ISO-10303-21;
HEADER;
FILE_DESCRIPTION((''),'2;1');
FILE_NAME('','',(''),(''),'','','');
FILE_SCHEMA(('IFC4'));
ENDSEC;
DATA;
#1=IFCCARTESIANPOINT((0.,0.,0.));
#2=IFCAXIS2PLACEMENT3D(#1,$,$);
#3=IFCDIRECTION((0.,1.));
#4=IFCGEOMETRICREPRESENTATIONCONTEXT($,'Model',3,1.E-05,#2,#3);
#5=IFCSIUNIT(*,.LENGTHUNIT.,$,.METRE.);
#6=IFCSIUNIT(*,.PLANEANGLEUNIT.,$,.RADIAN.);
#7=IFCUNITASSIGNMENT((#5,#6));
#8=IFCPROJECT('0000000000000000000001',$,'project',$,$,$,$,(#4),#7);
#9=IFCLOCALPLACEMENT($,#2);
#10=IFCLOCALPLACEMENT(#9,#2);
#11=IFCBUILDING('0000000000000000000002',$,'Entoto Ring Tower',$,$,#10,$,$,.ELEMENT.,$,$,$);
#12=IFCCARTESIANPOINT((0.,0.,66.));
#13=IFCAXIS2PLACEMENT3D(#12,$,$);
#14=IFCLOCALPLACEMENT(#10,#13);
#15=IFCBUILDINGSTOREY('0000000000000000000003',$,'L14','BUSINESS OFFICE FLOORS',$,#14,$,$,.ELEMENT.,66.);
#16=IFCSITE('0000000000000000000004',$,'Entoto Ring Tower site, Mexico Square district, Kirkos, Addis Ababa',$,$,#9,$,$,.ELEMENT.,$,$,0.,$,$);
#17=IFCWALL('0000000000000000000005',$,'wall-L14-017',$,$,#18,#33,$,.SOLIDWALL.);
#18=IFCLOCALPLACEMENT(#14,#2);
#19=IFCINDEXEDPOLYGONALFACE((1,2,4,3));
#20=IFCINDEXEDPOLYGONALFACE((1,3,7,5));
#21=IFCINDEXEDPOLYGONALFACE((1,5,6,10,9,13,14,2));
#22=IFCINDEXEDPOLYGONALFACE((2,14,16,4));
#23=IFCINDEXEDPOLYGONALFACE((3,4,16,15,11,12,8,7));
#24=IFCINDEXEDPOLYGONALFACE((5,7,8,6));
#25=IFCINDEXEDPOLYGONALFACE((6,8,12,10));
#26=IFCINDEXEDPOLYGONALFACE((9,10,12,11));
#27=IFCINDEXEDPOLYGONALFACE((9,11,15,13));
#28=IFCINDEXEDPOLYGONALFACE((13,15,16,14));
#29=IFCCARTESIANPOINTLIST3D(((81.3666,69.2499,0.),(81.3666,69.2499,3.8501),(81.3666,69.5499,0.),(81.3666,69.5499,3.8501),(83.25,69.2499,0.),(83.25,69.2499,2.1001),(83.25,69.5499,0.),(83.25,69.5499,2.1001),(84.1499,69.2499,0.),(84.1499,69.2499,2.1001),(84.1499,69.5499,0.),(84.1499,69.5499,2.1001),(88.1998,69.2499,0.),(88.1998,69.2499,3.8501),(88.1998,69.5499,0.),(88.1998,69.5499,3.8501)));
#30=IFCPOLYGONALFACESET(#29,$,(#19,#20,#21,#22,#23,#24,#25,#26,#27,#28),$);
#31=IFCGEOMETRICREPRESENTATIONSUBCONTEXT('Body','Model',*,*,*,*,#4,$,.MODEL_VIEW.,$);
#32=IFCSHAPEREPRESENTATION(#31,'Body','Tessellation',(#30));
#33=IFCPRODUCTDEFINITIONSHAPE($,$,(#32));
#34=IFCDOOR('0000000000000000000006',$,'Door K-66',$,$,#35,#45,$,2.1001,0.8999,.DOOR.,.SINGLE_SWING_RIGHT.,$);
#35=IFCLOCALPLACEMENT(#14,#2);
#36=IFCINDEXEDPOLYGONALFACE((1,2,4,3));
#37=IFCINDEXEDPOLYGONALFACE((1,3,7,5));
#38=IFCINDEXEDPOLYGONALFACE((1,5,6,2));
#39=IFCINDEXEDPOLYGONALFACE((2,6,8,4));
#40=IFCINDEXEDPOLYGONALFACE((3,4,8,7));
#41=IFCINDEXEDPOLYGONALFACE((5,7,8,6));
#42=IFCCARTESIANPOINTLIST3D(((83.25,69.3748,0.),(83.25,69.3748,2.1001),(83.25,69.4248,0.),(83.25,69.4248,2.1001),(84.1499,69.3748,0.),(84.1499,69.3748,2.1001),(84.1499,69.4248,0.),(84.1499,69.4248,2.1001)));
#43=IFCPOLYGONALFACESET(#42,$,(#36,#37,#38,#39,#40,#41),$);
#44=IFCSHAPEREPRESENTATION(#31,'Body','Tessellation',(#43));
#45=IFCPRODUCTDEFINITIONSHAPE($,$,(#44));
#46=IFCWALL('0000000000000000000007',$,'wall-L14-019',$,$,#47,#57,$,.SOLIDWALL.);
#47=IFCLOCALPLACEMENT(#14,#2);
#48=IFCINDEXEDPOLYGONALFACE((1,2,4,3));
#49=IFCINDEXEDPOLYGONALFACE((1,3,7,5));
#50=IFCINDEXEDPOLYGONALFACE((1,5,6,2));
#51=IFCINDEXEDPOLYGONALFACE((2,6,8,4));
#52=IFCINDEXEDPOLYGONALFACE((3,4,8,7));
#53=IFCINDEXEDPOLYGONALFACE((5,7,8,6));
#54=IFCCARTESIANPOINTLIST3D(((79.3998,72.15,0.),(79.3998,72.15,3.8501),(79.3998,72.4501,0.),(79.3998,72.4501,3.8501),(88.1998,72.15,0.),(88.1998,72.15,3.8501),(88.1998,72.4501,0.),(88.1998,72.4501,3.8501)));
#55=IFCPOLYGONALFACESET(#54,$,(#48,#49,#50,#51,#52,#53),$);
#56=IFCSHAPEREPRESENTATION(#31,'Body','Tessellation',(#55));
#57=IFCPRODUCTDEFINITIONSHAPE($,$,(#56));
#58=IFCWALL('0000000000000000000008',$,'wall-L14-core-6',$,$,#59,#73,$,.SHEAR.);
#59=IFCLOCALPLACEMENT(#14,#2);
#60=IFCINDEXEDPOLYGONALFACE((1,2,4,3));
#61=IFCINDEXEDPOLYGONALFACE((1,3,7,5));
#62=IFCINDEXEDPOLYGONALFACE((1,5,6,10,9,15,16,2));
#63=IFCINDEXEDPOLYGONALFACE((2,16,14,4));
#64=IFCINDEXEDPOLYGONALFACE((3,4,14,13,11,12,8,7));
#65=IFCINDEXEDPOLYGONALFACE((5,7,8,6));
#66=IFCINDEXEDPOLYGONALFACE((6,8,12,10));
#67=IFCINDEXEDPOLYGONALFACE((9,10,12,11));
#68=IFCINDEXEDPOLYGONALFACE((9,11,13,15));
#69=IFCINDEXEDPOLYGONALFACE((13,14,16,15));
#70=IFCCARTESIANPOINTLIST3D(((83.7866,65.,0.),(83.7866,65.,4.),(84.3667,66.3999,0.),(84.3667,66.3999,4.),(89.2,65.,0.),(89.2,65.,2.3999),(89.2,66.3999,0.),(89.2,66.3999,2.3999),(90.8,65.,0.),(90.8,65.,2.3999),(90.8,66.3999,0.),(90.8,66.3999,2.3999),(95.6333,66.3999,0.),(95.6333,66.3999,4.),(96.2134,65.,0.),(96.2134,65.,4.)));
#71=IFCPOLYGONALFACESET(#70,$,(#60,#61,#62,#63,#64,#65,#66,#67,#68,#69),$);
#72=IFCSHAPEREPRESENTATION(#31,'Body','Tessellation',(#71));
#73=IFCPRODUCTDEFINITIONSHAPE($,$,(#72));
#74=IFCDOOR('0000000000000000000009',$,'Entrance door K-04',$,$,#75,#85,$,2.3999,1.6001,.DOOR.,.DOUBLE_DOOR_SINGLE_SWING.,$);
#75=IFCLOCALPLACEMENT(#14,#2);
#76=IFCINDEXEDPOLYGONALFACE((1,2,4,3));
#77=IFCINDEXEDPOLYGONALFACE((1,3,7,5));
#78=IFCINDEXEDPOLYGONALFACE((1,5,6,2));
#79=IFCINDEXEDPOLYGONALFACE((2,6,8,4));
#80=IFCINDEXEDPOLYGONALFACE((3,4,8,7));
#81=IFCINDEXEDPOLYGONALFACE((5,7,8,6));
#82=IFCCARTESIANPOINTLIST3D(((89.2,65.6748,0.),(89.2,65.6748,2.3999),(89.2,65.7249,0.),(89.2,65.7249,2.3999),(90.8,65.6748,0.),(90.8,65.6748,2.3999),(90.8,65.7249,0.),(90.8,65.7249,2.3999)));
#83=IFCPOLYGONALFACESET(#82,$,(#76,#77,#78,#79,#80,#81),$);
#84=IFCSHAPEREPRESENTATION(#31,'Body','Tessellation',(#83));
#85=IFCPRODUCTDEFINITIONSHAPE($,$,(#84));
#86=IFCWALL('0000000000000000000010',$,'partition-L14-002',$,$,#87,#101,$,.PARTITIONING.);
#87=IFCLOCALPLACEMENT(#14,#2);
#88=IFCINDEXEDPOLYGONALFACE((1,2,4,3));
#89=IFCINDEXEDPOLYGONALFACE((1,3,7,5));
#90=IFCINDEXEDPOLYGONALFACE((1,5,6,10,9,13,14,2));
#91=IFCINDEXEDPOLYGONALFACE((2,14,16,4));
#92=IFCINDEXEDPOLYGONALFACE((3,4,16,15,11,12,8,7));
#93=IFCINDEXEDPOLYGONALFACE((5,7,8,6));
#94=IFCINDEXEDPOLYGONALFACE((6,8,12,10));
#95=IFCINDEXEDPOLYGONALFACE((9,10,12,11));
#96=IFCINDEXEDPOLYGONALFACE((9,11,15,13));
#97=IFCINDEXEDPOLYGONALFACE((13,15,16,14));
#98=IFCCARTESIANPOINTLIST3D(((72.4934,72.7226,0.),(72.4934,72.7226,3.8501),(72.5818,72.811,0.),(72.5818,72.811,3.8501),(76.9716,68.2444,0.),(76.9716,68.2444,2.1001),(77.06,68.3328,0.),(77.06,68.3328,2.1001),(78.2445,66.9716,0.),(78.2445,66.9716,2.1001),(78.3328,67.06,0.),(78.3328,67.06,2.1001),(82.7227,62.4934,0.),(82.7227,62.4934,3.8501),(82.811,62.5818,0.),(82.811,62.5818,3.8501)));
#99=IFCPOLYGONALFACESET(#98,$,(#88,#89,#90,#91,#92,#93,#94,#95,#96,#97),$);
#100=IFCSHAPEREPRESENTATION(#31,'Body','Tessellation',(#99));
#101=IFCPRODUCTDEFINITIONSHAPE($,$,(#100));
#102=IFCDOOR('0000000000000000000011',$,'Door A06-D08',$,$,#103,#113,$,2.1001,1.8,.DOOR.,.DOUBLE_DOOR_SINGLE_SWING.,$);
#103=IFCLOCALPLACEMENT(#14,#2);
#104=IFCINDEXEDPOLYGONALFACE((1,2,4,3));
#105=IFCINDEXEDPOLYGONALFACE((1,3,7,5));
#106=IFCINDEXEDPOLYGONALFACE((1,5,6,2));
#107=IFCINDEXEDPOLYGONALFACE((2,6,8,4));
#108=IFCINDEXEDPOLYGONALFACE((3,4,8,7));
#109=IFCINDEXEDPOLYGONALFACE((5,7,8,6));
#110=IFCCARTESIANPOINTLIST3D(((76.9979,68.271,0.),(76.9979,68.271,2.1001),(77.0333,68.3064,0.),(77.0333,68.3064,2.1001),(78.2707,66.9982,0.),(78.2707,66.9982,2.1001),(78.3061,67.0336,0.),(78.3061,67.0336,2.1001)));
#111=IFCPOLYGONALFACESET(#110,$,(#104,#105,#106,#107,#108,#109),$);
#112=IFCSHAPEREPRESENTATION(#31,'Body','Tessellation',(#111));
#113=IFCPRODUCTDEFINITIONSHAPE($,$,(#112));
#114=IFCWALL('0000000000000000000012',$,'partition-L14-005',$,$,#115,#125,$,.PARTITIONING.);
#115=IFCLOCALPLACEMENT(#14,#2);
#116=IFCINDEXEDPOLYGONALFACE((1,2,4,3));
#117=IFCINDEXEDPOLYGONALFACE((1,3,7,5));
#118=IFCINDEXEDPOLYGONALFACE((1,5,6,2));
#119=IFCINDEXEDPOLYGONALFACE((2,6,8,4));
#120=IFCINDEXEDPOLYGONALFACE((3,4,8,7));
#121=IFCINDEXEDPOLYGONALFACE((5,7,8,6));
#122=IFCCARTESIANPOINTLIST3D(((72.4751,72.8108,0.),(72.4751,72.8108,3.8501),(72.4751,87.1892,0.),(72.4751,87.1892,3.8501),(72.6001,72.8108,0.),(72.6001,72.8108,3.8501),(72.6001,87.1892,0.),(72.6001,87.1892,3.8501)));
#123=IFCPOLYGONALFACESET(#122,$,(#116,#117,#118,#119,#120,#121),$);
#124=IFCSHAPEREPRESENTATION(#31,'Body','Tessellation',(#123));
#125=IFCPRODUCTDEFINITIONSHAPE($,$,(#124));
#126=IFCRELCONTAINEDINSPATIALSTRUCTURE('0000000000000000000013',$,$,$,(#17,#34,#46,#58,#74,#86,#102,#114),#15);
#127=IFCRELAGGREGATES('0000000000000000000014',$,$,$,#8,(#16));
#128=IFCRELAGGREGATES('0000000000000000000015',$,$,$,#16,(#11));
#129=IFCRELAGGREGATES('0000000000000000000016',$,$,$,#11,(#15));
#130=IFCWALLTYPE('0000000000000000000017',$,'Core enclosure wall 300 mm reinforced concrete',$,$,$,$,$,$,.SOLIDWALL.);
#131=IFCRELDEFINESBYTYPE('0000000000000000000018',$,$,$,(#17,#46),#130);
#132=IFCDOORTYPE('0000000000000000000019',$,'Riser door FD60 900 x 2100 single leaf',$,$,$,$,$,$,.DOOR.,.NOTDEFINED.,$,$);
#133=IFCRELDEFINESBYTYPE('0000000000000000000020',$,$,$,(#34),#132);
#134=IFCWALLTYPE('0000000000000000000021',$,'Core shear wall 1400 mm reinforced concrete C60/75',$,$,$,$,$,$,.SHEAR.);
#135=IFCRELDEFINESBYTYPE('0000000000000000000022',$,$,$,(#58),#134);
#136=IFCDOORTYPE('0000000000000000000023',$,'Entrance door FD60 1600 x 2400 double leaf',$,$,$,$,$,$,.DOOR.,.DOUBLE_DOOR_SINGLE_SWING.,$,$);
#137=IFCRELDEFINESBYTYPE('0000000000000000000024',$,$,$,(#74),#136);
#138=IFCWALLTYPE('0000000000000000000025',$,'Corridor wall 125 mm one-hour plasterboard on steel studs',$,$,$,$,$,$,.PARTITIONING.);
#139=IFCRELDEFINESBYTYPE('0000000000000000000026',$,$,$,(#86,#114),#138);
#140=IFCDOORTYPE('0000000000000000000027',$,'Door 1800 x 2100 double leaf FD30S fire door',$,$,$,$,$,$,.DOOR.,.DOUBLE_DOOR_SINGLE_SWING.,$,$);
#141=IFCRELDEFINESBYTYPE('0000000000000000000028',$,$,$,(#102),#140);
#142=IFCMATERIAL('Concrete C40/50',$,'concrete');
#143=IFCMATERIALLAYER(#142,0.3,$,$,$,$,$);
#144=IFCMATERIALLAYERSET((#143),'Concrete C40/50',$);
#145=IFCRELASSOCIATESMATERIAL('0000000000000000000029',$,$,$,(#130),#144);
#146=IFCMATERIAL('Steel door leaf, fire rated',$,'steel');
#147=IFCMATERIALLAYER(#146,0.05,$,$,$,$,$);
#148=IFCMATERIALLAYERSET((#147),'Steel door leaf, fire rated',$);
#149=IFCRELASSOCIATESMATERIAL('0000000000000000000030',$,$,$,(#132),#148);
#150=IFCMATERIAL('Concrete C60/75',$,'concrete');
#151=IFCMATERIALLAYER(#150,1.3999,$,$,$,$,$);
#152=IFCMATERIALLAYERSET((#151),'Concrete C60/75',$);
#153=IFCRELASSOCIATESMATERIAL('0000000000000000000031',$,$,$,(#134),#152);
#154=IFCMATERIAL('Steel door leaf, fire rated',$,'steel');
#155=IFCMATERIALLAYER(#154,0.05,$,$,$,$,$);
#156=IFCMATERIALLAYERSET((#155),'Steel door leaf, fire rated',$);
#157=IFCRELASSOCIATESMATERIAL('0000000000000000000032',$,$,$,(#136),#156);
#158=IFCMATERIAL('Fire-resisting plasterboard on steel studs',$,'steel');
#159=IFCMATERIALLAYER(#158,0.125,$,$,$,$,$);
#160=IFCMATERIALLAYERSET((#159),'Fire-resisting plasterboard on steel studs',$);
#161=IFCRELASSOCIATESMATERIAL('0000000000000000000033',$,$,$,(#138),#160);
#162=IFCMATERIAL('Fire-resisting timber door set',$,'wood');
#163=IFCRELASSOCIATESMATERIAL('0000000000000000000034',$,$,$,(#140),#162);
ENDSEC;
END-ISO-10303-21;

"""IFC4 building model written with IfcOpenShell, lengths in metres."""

from ifc_helpers import new_model, si_unit, direction, frame, frame_2d, origin, place, context, subcontext, project, spatial, polyline, rectangle, outline, extrude, material, layer, layer_set, type_object, element, fill, save


model = new_model("IFC4")

# Units and contexts
model_context = context("Model", 3, precision=1e-05, world=origin(), true_north=direction((0.0, 1.0)))
body_context = subcontext(model_context, "Body", "Model", "MODEL_VIEW")
ifc_project = project(units=[si_unit("LENGTHUNIT", "METRE"), si_unit("PLANEANGLEUNIT", "RADIAN")], contexts=[model_context])

# Site, building, storey
site_placement = place(None, origin())
site = spatial("IfcSite", under=ifc_project, at=site_placement, Name="Entoto Ring Tower site, Mexico Square district, Kirkos, Addis Ababa", CompositionType="ELEMENT", RefElevation=0.0)
building_placement = place(site_placement, origin())
building = spatial("IfcBuilding", under=site, at=building_placement, Name="Entoto Ring Tower", CompositionType="ELEMENT")
storey_placement = place(building_placement, frame((0.0, 0.0, 66.0)))
storey = spatial("IfcBuildingStorey", under=building, at=storey_placement, Name="L14", Description="BUSINESS OFFICE FLOORS", CompositionType="ELEMENT", Elevation=66.0)

# Wall, opening, door
ifc_material_1 = material(Name="Concrete C40/50", Category="concrete")
ifc_layer_1 = layer(ifc_material_1, 0.3)
ifc_layer_set_1 = layer_set([ifc_layer_1], Name="Concrete C40/50")
wall_type_1 = type_object("IfcWallType", Name="Core enclosure wall 300 mm reinforced concrete", PredefinedType="SOLIDWALL", material=ifc_layer_set_1)
wall_1_placement = place(storey_placement, frame((81.3667, 69.3999, 0.0), z_axis=(0.0, 0.0, 1.0), x_axis=(1.0, 0.0, 0.0)))
wall_1 = element("IfcWall", 1, at=wall_1_placement, inside=storey, type_object=wall_type_1, Name="wall-L14-017", PredefinedType="SOLIDWALL", context=body_context, shape_type="SweptSolid", body=[
    extrude(rectangle(XDim=6.8333, YDim=0.3, at=frame_2d((3.4165, 0.0))), origin(), (0.0, 0.0, 1.0), 3.8501),
])
opening_1_placement = place(wall_1_placement, frame((1.8833, 0.0, 0.0)))
opening_1 = element("IfcOpeningElement", 2, at=opening_1_placement, cuts=wall_1, PredefinedType="OPENING", context=body_context, shape_type="SweptSolid", body=[
    extrude(rectangle(XDim=0.8999, YDim=2.1001, at=frame_2d((0.45, 1.05))), frame((0.0, 0.1602, 0.0), z_axis=(0.0, -1.0, 0.0), x_axis=(1.0, 0.0, 0.0)), (0.0, 0.0, 1.0), 0.3201),
])
ifc_material_2 = material(Name="Steel door leaf, fire rated", Category="steel")
ifc_layer_2 = layer(ifc_material_2, 0.05)
ifc_layer_set_2 = layer_set([ifc_layer_2], Name="Steel door leaf, fire rated")
door_type_1 = type_object("IfcDoorType", Name="Riser door FD60 900 x 2100 single leaf", OperationType="NOTDEFINED", PredefinedType="DOOR", material=ifc_layer_set_2)
door_1_placement = place(opening_1_placement, origin())
door_1 = element("IfcDoor", 3, at=door_1_placement, inside=storey, type_object=door_type_1, Name="Door K-66", OperationType="SINGLE_SWING_RIGHT", OverallHeight=2.1001, OverallWidth=0.8999, PredefinedType="DOOR", context=body_context, shape_type="SweptSolid", body=[
    extrude(rectangle(XDim=0.8999, YDim=2.1001, at=frame_2d((0.45, 1.05))), frame((0.0, 0.0249, 0.0), z_axis=(0.0, -1.0, 0.0), x_axis=(1.0, 0.0, 0.0)), (0.0, 0.0, 1.0), 0.05),
])
fill(opening_1, door_1)

# Wall
wall_2_placement = place(storey_placement, frame((79.3999, 72.3, 0.0), z_axis=(0.0, 0.0, 1.0), x_axis=(1.0, 0.0, 0.0)))
element("IfcWall", 4, at=wall_2_placement, inside=storey, type_object=wall_type_1, Name="wall-L14-019", PredefinedType="SOLIDWALL", context=body_context, shape_type="SweptSolid", body=[
    extrude(rectangle(XDim=8.8, YDim=0.3, at=frame_2d((4.3999, 0.0))), origin(), (0.0, 0.0, 1.0), 3.8501),
])

# Walls, openings, doors
ifc_material_3 = material(Name="Concrete C60/75", Category="concrete")
ifc_layer_3 = layer(ifc_material_3, 1.3999)
ifc_layer_set_3 = layer_set([ifc_layer_3], Name="Concrete C60/75")
wall_type_2 = type_object("IfcWallType", Name="Core shear wall 1400 mm reinforced concrete C60/75", PredefinedType="SHEAR", material=ifc_layer_set_3)
wall_3_placement = place(storey_placement, frame((84.0767, 65.7, 0.0), z_axis=(0.0, 0.0, 1.0), x_axis=(1.0, 0.0, 0.0)))
wall_3 = element("IfcWall", 5, at=wall_3_placement, inside=storey, type_object=wall_type_2, Name="wall-L14-core-6", PredefinedType="SHEAR", context=body_context, shape_type="SweptSolid", body=[
    extrude(outline(polyline([(-0.29, -0.7), (12.1367, -0.7), (11.5566, 0.7), (0.29, 0.7), (-0.29, -0.7)])), origin(), (0.0, 0.0, 1.0), 4.0),
])
opening_2_placement = place(wall_3_placement, frame((5.1233, 0.0, 0.0)))
opening_2 = element("IfcOpeningElement", 6, at=opening_2_placement, cuts=wall_3, PredefinedType="OPENING", context=body_context, shape_type="SweptSolid", body=[
    extrude(rectangle(XDim=1.6001, YDim=2.3999, at=frame_2d((0.8, 1.2))), frame((0.0, 0.71, 0.0), z_axis=(0.0, -1.0, 0.0), x_axis=(1.0, 0.0, 0.0)), (0.0, 0.0, 1.0), 1.4199),
])
ifc_material_4 = material(Name="Steel door leaf, fire rated", Category="steel")
ifc_layer_4 = layer(ifc_material_4, 0.05)
ifc_layer_set_4 = layer_set([ifc_layer_4], Name="Steel door leaf, fire rated")
door_type_2 = type_object("IfcDoorType", Name="Entrance door FD60 1600 x 2400 double leaf", OperationType="DOUBLE_DOOR_SINGLE_SWING", PredefinedType="DOOR", material=ifc_layer_set_4)
door_2_placement = place(opening_2_placement, origin())
door_2 = element("IfcDoor", 7, at=door_2_placement, inside=storey, type_object=door_type_2, Name="Entrance door K-04", OperationType="DOUBLE_DOOR_SINGLE_SWING", OverallHeight=2.3999, OverallWidth=1.6001, PredefinedType="DOOR", context=body_context, shape_type="SweptSolid", body=[
    extrude(rectangle(XDim=1.6001, YDim=2.3999, at=frame_2d((0.8, 1.2))), frame((0.0, 0.0249, 0.0), z_axis=(0.0, -1.0, 0.0), x_axis=(1.0, 0.0, 0.0)), (0.0, 0.0, 1.0), 0.05),
])
fill(opening_2, door_2)
ifc_material_5 = material(Name="Fire-resisting plasterboard on steel studs", Category="steel")
ifc_layer_5 = layer(ifc_material_5, 0.125)
ifc_layer_set_5 = layer_set([ifc_layer_5], Name="Fire-resisting plasterboard on steel studs")
wall_type_3 = type_object("IfcWallType", Name="Corridor wall 125 mm one-hour plasterboard on steel studs", PredefinedType="PARTITIONING", material=ifc_layer_set_5)
wall_4_placement = place(storey_placement, frame((82.7668, 62.5376, 0.0), z_axis=(0.0, 0.0, 1.0), x_axis=(-0.707107, 0.707107, 0.0)))
wall_4 = element("IfcWall", 8, at=wall_4_placement, inside=storey, type_object=wall_type_3, Name="partition-L14-002", PredefinedType="PARTITIONING", context=body_context, shape_type="SweptSolid", body=[
    extrude(rectangle(XDim=14.4663, YDim=0.125, at=frame_2d((7.2332, 0.0))), origin(), (0.0, 0.0, 1.0), 3.8501),
])
opening_3_placement = place(wall_4_placement, frame((6.3333, 0.0, 0.0)))
opening_3 = element("IfcOpeningElement", 9, at=opening_3_placement, cuts=wall_4, PredefinedType="OPENING", context=body_context, shape_type="SweptSolid", body=[
    extrude(rectangle(XDim=1.8, YDim=2.1001, at=frame_2d((0.8999, 1.05))), frame((0.0, 0.0725, 0.0), z_axis=(0.0, -1.0, 0.0), x_axis=(1.0, 0.0, 0.0)), (0.0, 0.0, 1.0), 0.145),
])
ifc_material_6 = material(Name="Fire-resisting timber door set", Category="wood")
door_type_3 = type_object("IfcDoorType", Name="Door 1800 x 2100 double leaf FD30S fire door", OperationType="DOUBLE_DOOR_SINGLE_SWING", PredefinedType="DOOR", material=ifc_material_6)
door_3_placement = place(opening_3_placement, frame((1.8, 0.0, 0.0), z_axis=(0.0, 0.0, 1.0), x_axis=(-1.0, 0.0, 0.0)))
door_3 = element("IfcDoor", 10, at=door_3_placement, inside=storey, type_object=door_type_3, Name="Door A06-D08", OperationType="DOUBLE_DOOR_SINGLE_SWING", OverallHeight=2.1001, OverallWidth=1.8, PredefinedType="DOOR", context=body_context, shape_type="SweptSolid", body=[
    extrude(rectangle(XDim=1.8, YDim=2.1001, at=frame_2d((0.8999, 1.05))), frame((0.0, 0.0249, 0.0), z_axis=(0.0, -1.0, 0.0), x_axis=(1.0, 0.0, 0.0)), (0.0, 0.0, 1.0), 0.05),
])
fill(opening_3, door_3)

# Wall
wall_5_placement = place(storey_placement, frame((72.5376, 72.8108, 0.0), z_axis=(0.0, 0.0, 1.0), x_axis=(0.0, 1.0, 0.0)))
element("IfcWall", 11, at=wall_5_placement, inside=storey, type_object=wall_type_3, Name="partition-L14-005", PredefinedType="PARTITIONING", context=body_context, shape_type="SweptSolid", body=[
    extrude(rectangle(XDim=14.3784, YDim=0.125, at=frame_2d((7.1892, 0.0))), origin(), (0.0, 0.0, 1.0), 3.8501),
])

save(model, "model.ifc")
